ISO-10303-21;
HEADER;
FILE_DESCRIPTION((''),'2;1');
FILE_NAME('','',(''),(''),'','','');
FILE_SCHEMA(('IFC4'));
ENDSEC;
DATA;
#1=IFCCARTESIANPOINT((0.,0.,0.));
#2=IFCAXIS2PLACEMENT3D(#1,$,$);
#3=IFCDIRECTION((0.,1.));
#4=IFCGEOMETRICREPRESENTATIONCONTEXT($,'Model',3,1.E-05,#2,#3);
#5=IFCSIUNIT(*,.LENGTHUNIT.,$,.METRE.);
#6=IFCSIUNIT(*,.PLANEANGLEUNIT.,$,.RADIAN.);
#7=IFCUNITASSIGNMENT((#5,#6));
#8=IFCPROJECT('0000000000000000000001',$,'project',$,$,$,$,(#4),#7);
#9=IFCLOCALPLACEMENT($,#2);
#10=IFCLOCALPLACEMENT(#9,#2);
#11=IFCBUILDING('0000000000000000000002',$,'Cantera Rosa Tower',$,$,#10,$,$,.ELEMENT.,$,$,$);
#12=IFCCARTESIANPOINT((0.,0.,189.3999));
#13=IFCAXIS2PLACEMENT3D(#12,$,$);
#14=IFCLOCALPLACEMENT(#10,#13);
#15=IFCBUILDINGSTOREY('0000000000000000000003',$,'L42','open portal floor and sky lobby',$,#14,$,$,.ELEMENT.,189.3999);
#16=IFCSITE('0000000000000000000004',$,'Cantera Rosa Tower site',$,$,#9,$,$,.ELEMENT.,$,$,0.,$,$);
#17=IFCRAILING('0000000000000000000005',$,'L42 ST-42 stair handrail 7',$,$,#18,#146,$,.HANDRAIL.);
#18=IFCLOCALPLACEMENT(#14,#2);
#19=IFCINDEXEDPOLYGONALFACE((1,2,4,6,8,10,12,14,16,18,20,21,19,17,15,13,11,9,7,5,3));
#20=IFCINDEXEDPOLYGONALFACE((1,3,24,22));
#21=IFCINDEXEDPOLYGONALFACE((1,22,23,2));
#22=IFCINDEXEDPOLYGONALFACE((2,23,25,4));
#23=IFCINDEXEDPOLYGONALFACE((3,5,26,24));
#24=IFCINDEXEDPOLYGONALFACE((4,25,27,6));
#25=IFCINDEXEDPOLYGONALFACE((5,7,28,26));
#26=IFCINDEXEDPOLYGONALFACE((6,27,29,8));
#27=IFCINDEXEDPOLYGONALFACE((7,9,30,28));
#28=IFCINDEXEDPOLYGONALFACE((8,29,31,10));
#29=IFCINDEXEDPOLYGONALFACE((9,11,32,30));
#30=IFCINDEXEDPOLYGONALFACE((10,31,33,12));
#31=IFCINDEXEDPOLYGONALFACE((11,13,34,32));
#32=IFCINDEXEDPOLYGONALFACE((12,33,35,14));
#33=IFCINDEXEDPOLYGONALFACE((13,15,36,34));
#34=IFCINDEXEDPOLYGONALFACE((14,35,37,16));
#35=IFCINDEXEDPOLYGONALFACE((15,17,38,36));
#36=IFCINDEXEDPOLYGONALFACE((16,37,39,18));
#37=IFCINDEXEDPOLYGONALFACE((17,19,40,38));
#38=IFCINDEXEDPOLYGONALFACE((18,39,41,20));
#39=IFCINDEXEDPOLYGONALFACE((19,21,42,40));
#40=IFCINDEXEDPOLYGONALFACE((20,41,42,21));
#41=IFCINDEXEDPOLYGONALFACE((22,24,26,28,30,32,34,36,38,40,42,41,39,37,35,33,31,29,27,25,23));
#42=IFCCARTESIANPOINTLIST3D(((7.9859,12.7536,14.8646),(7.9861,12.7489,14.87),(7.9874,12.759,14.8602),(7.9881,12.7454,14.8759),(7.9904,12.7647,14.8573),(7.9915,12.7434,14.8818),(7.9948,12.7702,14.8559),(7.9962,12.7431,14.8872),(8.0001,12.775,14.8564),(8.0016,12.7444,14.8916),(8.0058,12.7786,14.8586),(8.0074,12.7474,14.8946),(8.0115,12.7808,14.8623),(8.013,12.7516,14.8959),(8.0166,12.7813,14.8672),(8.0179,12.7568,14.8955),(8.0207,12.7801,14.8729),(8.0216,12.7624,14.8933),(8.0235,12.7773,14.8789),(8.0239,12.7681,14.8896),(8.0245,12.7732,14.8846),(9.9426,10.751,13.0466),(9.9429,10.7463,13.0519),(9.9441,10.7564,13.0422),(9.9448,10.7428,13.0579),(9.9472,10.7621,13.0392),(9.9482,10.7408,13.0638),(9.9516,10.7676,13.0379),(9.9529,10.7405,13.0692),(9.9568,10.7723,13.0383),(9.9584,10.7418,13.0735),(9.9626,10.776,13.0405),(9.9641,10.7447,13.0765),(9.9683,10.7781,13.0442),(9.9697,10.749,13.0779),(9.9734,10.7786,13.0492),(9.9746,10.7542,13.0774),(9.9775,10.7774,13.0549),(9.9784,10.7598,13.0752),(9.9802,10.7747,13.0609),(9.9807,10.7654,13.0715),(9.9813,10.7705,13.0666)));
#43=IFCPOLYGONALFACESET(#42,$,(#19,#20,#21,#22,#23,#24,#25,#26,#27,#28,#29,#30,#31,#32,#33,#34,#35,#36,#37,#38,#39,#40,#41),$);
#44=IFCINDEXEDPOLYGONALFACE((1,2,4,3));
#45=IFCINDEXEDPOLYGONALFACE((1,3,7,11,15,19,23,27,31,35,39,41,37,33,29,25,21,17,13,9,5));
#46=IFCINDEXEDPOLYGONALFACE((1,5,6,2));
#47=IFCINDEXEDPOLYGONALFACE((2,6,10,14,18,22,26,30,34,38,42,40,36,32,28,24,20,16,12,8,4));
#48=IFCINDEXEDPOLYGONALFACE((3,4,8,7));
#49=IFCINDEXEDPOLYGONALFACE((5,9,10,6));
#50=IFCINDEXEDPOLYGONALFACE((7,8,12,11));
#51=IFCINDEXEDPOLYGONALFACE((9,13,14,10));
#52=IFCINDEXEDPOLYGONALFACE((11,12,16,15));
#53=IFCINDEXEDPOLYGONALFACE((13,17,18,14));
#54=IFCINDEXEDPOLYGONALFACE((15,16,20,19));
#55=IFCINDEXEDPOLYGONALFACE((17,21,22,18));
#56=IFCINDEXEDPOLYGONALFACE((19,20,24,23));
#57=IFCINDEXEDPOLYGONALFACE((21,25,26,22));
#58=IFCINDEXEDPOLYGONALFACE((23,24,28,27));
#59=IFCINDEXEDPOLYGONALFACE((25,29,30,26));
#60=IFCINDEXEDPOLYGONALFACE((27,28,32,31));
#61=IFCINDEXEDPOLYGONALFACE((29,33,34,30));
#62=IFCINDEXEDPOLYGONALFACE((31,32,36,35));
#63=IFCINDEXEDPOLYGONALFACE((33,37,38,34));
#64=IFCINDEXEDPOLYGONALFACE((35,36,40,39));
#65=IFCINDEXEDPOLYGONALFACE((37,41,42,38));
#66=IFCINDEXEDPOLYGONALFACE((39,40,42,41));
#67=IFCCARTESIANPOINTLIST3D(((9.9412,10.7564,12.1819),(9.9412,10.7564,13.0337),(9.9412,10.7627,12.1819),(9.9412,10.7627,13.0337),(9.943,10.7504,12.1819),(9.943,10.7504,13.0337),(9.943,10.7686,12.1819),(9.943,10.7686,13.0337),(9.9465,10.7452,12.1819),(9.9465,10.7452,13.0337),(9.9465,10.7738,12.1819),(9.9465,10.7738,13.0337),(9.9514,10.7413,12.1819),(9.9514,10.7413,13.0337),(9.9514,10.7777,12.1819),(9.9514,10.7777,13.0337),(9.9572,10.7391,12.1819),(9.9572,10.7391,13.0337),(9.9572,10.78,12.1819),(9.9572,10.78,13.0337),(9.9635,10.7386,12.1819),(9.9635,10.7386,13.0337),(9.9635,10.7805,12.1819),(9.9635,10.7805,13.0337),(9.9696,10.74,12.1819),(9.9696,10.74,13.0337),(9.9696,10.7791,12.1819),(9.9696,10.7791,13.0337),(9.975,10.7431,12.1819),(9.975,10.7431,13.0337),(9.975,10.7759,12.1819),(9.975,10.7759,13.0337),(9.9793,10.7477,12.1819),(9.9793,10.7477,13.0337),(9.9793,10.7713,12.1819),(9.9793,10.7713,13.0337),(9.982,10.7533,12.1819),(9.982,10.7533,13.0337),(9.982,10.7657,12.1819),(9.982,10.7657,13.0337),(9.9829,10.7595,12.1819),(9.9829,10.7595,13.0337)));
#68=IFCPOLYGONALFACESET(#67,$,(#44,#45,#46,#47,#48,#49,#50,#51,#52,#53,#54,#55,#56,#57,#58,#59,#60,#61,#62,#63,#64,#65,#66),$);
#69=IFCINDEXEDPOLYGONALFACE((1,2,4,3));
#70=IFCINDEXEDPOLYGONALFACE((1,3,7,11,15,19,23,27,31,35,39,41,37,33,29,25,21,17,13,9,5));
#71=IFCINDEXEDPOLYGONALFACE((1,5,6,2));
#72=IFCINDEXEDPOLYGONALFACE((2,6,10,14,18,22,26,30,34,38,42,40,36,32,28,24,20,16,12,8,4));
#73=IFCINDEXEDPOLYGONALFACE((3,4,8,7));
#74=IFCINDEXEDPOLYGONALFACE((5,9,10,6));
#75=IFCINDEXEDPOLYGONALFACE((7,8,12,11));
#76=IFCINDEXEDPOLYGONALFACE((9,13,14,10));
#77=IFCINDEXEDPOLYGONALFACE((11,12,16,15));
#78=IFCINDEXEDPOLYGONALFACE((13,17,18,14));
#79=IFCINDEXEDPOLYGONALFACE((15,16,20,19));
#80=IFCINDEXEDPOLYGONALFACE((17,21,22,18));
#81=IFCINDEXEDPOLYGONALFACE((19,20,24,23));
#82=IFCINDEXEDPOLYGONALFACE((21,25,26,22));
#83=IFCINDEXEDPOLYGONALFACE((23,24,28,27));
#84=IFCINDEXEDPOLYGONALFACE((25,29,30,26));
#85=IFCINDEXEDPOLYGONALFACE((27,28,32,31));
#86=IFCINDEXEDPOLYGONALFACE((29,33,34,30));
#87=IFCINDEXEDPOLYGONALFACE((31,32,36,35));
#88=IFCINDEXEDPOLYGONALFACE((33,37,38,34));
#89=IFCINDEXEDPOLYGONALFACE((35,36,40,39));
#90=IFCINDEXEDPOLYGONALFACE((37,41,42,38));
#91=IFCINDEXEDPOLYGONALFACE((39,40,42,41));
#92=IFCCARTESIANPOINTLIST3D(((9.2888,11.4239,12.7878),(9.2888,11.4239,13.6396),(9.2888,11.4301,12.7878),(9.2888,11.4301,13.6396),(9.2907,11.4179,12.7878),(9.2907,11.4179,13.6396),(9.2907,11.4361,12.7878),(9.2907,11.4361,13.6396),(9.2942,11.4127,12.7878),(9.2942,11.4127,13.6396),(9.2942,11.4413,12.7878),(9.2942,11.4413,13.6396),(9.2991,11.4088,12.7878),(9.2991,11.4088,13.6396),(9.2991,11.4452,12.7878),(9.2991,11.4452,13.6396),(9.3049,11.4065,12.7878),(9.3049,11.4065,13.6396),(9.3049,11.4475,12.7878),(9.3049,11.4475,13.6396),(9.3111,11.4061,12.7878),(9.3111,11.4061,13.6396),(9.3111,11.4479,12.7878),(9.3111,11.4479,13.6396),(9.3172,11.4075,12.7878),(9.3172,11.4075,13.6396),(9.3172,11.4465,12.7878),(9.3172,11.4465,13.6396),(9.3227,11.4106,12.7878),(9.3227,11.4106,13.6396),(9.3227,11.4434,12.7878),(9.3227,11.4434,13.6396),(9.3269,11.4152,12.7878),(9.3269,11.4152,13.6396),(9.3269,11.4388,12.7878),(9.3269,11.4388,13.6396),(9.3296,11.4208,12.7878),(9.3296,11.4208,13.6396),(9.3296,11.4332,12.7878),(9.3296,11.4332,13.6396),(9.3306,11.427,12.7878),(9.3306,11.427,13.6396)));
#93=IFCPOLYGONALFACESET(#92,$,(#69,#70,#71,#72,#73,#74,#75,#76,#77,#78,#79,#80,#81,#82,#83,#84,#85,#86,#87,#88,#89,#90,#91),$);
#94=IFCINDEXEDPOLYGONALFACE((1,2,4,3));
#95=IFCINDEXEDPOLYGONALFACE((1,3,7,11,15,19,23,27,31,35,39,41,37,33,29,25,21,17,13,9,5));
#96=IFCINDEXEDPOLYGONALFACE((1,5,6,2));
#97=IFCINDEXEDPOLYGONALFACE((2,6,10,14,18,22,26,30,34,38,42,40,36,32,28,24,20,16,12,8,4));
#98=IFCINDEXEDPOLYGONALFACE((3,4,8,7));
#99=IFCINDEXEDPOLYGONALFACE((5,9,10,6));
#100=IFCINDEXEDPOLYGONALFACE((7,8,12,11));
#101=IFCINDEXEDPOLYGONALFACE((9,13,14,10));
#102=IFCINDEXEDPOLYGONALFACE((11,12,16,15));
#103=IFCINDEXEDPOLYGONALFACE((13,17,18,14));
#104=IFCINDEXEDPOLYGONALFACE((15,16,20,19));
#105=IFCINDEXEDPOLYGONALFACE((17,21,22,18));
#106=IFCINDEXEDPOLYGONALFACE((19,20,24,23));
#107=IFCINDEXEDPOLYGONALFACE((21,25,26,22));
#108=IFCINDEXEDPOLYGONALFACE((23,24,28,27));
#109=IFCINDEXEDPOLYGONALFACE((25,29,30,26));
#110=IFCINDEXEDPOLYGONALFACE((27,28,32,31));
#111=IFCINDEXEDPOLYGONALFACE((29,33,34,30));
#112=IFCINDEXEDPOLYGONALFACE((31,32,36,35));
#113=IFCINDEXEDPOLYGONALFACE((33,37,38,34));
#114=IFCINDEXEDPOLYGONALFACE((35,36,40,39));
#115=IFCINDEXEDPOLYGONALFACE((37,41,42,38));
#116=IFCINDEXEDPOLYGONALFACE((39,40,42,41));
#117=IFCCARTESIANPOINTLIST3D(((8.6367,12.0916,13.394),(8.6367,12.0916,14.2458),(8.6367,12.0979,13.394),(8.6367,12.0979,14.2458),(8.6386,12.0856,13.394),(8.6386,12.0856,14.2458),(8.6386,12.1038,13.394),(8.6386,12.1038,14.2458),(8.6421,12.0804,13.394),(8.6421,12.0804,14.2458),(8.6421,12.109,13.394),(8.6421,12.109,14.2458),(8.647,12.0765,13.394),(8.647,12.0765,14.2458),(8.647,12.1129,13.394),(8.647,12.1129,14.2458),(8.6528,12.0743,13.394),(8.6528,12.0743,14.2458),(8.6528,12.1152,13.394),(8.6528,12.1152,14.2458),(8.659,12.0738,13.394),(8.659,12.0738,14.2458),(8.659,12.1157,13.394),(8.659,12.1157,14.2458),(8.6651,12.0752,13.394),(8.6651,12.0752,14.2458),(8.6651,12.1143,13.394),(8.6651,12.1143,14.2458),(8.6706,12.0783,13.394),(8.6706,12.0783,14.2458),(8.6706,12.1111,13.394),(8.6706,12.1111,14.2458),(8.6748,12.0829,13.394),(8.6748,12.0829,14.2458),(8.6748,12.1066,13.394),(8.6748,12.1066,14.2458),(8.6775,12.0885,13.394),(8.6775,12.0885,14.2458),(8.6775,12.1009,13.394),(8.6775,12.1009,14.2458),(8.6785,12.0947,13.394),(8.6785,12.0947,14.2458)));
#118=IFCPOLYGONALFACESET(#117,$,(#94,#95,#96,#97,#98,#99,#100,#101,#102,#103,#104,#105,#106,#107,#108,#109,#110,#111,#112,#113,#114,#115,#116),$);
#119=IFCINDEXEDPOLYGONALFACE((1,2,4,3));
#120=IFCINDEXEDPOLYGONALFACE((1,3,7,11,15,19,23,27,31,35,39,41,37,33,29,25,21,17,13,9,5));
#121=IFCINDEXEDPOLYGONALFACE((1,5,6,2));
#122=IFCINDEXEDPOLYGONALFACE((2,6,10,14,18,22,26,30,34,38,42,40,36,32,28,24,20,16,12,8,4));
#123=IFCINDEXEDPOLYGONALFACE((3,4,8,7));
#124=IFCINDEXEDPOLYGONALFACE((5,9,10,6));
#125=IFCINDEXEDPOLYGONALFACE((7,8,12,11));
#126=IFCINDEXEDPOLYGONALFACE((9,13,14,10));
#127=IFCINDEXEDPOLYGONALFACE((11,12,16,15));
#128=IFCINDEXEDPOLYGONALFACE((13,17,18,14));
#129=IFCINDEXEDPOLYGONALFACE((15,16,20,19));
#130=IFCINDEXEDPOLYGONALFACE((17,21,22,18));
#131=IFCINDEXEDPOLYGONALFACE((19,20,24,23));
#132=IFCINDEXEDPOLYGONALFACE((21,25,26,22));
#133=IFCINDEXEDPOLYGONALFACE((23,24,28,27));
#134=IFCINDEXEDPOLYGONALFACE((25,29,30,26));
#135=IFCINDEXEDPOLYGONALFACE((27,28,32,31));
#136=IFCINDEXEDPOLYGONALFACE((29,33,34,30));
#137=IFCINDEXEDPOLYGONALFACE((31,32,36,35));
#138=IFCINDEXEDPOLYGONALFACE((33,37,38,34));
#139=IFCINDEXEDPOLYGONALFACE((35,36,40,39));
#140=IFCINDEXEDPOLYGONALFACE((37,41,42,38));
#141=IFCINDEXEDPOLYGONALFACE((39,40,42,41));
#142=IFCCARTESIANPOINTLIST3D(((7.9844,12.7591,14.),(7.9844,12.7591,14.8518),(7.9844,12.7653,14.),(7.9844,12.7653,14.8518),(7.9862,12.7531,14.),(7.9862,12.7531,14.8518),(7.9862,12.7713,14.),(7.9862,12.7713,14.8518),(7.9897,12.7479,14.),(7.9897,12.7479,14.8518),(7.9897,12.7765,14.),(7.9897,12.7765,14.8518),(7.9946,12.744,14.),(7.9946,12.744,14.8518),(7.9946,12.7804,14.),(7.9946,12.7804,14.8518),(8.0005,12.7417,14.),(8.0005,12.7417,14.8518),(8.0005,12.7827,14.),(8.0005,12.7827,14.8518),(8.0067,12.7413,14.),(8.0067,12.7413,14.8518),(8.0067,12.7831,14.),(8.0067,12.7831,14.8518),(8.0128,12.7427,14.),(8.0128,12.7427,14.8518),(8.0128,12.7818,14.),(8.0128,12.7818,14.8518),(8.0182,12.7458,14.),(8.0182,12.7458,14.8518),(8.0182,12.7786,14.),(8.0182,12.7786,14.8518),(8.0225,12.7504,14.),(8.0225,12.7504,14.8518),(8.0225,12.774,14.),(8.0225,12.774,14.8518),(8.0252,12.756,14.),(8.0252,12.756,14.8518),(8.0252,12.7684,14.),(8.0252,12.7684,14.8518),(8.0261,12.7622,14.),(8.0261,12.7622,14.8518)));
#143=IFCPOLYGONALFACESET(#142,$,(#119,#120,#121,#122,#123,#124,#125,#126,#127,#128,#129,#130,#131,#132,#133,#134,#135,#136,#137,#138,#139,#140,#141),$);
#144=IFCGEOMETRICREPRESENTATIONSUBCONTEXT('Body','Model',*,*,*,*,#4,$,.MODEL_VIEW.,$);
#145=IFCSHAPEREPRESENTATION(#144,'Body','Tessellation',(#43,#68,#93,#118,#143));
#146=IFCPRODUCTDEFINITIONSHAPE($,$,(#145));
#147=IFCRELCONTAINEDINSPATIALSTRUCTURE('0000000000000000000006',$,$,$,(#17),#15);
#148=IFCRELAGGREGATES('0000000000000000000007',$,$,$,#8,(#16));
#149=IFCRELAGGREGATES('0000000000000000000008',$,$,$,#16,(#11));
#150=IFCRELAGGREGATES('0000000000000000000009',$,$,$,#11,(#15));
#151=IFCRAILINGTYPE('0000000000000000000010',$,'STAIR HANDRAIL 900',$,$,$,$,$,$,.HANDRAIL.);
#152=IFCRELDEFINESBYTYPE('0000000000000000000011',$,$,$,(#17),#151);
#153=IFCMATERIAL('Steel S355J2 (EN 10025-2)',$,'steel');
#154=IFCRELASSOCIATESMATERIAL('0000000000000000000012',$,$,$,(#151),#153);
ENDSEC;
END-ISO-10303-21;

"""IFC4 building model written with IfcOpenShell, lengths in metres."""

from ifc_helpers import new_model, si_unit, direction, frame, origin, origin_2d, place, context, subcontext, project, spatial, circle, extrude, material, type_object, element, save


model = new_model("IFC4")

# Units and contexts
model_context = context("Model", 3, precision=1e-05, world=origin(), true_north=direction((0.0, 1.0)))
body_context = subcontext(model_context, "Body", "Model", "MODEL_VIEW")
ifc_project = project(units=[si_unit("LENGTHUNIT", "METRE"), si_unit("PLANEANGLEUNIT", "RADIAN")], contexts=[model_context])

# Site, building, storey
site_placement = place(None, origin())
site = spatial("IfcSite", under=ifc_project, at=site_placement, Name="Cantera Rosa Tower site", CompositionType="ELEMENT", RefElevation=0.0)
building_placement = place(site_placement, origin())
building = spatial("IfcBuilding", under=site, at=building_placement, Name="Cantera Rosa Tower", CompositionType="ELEMENT")
storey_placement = place(building_placement, frame((0.0, 0.0, 189.3999)))
storey = spatial("IfcBuildingStorey", under=building, at=storey_placement, Name="L42", Description="open portal floor and sky lobby", CompositionType="ELEMENT", Elevation=189.3999)

# Railing
ifc_material_1 = material(Name="Steel S355J2 (EN 10025-2)", Category="steel")
railing_type_1 = type_object("IfcRailingType", Name="STAIR HANDRAIL 900", PredefinedType="HANDRAIL", material=ifc_material_1)
for number, where, name in (
    (1, (9.9619, 10.7595, 12.1819), "L42 ST-42 stair handrail 7"),
):
    element("IfcRailing", number, at=place(storey_placement, frame(where)), inside=storey, type_object=railing_type_1, Name=name, PredefinedType="HANDRAIL", context=body_context, shape_type="SweptSolid", body=[
        extrude(circle(Radius=0.0239, at=origin_2d()), frame((0.0, 0.0, 0.876), z_axis=(-0.586135, 0.599883, 0.544597), x_axis=(-0.715256, -0.698863, 0.0)), (0.0, 0.0, 1.0), 3.3384),
        extrude(circle(Radius=0.021, at=origin_2d()), origin(), (0.0, 0.0, 1.0), 0.8518),
        extrude(circle(Radius=0.021, at=origin_2d()), frame((-0.6523, 0.6675, 0.606)), (0.0, 0.0, 1.0), 0.8518),
        extrude(circle(Radius=0.021, at=origin_2d()), frame((-1.3044, 1.3352, 1.2122)), (0.0, 0.0, 1.0), 0.8518),
        extrude(circle(Radius=0.021, at=origin_2d()), frame((-1.9568, 2.0027, 1.8181)), (0.0, 0.0, 1.0), 0.8518),
    ])

save(model, "model.ifc")
